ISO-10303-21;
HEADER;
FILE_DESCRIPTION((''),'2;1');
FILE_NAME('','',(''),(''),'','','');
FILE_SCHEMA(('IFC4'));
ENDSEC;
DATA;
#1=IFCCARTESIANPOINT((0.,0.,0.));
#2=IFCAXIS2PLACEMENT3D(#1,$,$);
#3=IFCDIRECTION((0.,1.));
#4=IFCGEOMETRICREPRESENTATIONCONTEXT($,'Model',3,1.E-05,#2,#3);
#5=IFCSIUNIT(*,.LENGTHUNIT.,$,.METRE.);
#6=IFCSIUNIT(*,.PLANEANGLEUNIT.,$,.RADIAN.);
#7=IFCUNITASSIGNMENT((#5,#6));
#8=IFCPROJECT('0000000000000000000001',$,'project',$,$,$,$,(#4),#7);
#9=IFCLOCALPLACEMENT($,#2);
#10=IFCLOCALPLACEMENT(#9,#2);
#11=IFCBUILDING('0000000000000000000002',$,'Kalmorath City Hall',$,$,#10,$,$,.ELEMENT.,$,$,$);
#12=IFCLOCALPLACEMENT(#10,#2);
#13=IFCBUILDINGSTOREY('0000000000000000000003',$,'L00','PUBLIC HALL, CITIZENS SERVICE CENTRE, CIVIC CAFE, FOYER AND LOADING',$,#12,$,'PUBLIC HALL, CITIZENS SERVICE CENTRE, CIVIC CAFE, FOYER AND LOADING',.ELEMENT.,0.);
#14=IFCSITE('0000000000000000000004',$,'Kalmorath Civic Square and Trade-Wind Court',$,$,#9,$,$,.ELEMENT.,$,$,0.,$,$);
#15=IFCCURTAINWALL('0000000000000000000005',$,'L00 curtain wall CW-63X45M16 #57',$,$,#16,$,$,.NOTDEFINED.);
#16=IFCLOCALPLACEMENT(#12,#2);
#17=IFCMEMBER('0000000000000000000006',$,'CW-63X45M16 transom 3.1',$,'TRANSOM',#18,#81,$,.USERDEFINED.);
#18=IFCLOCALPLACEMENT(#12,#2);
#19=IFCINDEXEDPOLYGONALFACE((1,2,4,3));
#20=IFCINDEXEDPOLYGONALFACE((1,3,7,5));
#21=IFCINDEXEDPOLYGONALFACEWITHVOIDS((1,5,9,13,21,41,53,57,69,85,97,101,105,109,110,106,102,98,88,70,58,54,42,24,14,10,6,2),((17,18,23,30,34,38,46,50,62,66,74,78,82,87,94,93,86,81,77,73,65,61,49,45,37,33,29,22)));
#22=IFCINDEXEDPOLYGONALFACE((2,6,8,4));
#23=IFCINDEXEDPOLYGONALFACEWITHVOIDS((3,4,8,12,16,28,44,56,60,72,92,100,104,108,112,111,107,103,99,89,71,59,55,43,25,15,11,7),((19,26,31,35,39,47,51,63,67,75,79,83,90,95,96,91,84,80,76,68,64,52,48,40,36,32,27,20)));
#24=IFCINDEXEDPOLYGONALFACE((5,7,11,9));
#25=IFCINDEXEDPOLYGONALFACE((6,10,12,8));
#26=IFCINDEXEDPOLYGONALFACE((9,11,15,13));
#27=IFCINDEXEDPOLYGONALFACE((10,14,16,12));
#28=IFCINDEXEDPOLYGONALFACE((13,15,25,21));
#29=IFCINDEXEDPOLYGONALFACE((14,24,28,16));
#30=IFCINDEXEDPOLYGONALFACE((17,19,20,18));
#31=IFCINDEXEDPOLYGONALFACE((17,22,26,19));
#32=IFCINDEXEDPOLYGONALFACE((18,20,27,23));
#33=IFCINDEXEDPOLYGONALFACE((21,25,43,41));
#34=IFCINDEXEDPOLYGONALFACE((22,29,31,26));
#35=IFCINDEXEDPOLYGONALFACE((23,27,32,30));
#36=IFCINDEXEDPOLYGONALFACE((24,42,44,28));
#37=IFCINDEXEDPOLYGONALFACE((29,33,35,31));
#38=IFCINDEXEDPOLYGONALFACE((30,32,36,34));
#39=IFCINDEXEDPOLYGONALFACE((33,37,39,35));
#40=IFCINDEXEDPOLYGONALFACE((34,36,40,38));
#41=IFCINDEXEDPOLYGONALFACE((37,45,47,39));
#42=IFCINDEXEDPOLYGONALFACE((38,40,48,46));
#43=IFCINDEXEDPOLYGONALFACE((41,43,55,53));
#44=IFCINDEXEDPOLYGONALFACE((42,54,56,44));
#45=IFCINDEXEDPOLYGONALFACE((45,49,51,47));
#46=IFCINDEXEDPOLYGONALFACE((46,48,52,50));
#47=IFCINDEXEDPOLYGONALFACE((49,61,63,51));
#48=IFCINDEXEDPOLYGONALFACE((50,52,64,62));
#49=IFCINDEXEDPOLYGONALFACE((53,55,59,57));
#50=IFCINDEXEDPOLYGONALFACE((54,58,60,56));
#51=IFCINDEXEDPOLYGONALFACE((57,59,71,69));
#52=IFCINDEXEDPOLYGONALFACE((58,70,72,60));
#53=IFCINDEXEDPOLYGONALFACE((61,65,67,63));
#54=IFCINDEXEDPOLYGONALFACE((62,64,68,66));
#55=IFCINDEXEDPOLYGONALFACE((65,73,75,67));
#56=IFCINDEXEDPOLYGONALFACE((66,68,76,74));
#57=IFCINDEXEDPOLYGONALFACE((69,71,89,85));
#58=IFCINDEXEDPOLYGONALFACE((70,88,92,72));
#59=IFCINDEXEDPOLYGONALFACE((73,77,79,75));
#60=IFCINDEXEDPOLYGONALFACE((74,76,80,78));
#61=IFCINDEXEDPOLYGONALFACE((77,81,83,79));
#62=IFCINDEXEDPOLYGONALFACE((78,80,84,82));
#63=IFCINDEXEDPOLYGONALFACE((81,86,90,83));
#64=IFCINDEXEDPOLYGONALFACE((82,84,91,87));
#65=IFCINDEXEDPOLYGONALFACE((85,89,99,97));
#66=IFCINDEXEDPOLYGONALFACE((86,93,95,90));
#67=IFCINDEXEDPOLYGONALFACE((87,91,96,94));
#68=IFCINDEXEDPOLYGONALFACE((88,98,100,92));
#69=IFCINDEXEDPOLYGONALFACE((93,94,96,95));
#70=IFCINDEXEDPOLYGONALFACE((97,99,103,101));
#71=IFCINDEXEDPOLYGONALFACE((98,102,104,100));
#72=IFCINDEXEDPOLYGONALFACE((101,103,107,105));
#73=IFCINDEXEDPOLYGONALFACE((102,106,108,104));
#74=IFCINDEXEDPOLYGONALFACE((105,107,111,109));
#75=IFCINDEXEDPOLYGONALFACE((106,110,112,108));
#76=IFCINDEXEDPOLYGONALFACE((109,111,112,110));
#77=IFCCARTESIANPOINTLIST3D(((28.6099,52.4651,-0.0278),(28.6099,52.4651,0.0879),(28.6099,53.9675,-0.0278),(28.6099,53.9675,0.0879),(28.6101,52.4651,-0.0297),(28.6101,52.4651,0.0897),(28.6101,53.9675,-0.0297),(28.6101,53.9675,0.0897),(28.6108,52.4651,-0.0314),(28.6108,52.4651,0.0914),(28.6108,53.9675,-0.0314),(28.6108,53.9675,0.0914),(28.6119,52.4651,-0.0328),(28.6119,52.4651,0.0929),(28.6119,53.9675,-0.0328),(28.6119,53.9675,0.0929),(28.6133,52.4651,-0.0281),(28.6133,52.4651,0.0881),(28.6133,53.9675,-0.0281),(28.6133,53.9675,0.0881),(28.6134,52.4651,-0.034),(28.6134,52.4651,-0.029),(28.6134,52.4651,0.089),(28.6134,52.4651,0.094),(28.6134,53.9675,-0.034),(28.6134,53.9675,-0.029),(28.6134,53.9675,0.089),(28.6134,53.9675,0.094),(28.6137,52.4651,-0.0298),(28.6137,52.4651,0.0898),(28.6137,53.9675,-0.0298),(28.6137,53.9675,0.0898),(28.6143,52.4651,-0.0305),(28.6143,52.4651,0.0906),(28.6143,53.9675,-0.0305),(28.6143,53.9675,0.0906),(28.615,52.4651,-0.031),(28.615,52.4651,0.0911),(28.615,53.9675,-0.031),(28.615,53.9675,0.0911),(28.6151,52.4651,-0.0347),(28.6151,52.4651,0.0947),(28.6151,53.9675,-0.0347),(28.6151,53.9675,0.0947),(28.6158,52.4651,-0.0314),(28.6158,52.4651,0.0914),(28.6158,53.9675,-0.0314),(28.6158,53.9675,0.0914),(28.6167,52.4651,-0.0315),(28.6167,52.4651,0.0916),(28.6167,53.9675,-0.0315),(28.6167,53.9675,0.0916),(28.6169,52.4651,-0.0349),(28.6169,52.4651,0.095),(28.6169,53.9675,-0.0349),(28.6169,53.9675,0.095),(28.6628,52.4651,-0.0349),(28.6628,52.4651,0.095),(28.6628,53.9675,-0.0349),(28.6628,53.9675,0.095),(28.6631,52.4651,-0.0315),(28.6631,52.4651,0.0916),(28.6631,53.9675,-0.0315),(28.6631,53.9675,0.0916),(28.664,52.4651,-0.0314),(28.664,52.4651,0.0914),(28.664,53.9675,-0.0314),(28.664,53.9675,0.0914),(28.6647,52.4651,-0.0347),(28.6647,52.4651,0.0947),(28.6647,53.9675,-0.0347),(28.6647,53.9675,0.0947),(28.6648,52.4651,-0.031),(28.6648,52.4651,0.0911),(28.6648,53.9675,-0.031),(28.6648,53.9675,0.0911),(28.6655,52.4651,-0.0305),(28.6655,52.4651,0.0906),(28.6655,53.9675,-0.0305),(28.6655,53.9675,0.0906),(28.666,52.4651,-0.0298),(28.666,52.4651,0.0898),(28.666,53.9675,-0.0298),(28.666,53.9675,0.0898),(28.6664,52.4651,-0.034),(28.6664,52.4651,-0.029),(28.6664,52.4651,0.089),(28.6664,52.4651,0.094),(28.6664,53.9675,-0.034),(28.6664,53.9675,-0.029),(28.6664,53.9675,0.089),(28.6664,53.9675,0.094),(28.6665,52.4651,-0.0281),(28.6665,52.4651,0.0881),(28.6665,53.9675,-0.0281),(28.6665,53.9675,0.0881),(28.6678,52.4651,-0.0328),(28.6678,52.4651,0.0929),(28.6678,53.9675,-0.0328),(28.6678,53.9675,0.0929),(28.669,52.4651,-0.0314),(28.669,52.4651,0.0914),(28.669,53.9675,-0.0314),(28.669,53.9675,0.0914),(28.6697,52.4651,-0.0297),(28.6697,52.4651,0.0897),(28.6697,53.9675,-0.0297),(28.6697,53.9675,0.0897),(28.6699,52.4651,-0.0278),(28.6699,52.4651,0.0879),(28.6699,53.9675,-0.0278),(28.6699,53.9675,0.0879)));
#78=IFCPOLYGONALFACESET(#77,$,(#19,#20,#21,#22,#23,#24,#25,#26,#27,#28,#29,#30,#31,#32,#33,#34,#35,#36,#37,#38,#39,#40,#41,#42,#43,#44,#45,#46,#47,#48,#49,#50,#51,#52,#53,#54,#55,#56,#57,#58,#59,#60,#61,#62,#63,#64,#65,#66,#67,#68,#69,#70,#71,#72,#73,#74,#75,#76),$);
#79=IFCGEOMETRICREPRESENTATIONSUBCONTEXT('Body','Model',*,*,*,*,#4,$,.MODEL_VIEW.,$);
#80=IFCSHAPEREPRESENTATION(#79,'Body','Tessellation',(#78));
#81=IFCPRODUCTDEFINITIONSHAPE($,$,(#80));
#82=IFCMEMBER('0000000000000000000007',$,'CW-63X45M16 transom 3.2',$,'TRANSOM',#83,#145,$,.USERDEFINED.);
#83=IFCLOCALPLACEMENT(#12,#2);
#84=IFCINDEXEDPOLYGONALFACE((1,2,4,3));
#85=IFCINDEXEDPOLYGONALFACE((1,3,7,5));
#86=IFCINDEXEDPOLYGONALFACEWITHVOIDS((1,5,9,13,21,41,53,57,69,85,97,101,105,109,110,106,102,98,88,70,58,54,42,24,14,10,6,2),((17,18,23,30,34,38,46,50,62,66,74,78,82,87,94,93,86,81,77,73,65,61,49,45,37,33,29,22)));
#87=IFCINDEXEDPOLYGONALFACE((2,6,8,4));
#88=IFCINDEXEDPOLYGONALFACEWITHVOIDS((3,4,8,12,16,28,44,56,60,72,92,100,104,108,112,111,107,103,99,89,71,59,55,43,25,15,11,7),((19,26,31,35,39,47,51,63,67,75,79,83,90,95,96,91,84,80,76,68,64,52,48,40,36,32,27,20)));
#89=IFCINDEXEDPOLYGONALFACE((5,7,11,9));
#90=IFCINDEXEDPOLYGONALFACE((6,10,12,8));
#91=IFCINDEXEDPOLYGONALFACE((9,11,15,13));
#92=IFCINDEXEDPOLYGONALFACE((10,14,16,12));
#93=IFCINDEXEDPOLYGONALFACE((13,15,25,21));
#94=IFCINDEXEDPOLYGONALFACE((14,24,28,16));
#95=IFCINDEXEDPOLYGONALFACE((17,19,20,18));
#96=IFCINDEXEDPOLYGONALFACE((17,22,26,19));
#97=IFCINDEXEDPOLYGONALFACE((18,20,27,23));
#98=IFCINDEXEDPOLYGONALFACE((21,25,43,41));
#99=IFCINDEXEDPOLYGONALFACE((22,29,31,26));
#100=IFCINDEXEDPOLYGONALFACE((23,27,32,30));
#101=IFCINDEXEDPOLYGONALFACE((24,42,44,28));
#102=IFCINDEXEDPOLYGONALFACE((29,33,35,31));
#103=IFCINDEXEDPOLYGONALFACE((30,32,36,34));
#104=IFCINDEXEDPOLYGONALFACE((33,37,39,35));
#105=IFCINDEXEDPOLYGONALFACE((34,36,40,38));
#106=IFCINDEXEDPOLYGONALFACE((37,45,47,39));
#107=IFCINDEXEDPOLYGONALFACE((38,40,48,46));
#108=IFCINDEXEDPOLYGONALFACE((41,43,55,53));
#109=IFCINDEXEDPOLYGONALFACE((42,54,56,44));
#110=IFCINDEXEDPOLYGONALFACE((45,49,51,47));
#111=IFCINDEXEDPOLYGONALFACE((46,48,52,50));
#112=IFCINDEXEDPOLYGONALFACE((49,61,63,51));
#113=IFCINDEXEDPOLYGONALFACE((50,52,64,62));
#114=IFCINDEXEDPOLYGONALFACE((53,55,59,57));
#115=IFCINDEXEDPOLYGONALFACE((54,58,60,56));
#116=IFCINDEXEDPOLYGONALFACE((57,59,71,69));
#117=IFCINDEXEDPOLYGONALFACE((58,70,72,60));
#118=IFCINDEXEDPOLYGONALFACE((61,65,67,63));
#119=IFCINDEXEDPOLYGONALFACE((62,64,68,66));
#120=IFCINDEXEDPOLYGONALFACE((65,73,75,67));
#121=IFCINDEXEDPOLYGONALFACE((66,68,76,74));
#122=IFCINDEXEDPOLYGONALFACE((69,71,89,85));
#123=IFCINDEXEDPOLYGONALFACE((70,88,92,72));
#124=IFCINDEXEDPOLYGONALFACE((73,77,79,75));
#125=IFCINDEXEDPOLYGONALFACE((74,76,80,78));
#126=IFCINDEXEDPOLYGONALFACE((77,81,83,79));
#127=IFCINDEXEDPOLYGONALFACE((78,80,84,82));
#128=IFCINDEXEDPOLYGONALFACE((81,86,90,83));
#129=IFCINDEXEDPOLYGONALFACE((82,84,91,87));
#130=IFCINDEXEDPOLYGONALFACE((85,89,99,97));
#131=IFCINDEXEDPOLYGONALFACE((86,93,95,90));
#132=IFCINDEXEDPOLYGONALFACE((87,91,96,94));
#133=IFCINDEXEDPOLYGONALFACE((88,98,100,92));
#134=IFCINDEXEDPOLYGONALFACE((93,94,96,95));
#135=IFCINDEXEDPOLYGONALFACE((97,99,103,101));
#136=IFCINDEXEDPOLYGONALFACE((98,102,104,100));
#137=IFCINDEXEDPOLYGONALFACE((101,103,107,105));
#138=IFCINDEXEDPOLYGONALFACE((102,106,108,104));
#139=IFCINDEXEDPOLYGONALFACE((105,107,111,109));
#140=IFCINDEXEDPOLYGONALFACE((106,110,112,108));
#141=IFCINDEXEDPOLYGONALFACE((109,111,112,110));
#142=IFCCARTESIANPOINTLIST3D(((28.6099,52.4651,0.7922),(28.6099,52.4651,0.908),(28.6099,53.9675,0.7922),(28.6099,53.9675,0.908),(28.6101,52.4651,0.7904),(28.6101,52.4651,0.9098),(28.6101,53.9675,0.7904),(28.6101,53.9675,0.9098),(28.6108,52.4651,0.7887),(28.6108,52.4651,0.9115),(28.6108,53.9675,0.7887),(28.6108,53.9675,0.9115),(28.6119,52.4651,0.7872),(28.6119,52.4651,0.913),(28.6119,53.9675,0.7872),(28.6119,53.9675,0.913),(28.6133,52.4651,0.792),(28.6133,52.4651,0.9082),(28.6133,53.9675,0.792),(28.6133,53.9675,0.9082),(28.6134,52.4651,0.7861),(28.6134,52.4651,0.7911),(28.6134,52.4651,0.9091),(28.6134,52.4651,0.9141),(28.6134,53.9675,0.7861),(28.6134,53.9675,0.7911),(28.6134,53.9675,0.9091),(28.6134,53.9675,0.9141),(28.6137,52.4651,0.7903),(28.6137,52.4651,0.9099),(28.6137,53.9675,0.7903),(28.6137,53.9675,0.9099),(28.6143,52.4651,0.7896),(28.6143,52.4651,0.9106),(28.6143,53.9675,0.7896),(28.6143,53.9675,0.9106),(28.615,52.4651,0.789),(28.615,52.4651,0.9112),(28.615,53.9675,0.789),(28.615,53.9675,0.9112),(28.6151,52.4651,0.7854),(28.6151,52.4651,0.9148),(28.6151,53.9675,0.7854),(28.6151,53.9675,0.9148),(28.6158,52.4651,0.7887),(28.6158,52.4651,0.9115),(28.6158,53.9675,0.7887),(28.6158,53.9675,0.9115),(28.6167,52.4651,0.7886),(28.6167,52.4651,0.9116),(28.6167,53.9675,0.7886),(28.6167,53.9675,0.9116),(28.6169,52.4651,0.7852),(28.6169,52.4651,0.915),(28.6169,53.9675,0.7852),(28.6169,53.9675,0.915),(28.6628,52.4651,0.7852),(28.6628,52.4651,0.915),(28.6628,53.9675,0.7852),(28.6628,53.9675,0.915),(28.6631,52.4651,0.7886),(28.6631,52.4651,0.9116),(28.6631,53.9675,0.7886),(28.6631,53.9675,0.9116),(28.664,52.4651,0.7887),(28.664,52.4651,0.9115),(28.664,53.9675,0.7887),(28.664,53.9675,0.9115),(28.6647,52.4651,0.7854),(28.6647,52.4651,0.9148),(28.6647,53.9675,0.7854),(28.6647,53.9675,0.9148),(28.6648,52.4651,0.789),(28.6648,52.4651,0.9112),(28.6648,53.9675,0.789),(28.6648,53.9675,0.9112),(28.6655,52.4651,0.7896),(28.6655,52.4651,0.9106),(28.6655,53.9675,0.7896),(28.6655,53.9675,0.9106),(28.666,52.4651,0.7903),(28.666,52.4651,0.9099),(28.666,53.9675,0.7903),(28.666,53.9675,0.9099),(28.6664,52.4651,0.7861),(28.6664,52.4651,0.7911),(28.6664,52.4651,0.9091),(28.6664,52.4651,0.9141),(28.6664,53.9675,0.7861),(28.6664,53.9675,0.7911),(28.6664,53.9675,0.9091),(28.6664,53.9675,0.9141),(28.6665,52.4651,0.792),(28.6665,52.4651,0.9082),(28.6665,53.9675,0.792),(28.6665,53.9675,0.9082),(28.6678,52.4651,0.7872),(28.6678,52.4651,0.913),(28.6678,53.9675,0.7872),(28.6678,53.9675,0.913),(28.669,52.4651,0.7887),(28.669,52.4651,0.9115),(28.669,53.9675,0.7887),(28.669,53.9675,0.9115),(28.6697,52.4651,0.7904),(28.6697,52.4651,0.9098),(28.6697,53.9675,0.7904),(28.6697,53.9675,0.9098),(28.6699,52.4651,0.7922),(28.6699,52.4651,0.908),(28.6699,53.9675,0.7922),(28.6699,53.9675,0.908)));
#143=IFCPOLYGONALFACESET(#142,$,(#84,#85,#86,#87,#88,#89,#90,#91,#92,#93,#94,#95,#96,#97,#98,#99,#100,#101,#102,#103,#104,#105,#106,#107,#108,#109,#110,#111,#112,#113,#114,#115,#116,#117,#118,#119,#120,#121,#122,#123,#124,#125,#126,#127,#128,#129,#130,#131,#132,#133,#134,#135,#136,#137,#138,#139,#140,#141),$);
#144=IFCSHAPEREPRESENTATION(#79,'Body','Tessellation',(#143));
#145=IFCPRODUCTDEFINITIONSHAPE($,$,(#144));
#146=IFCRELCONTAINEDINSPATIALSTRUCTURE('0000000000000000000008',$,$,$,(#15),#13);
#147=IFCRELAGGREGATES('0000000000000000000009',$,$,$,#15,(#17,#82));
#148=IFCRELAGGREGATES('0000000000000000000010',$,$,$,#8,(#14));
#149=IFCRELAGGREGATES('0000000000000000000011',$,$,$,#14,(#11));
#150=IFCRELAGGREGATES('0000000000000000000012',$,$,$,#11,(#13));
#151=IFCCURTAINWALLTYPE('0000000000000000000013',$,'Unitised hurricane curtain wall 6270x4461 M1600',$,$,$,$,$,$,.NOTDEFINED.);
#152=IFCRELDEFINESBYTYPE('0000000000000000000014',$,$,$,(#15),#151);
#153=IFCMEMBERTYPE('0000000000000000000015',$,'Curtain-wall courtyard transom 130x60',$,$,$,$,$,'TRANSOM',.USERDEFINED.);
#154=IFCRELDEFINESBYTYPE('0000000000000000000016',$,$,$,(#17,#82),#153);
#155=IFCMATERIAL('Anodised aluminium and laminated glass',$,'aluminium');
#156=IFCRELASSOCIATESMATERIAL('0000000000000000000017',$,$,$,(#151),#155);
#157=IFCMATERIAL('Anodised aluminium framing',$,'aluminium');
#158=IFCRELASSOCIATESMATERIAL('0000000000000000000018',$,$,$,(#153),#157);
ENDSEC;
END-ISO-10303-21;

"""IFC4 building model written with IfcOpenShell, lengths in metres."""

from ifc_helpers import new_model, si_unit, direction, frame, origin, origin_2d, place, context, subcontext, project, spatial, hollow_rectangle, extrude, material, material_profile, profile_set, type_object, element, aggregate, save


model = new_model("IFC4")

# Units and contexts
model_context = context("Model", 3, precision=1e-05, world=origin(), true_north=direction((0.0, 1.0)))
body_context = subcontext(model_context, "Body", "Model", "MODEL_VIEW")
ifc_project = project(units=[si_unit("LENGTHUNIT", "METRE"), si_unit("PLANEANGLEUNIT", "RADIAN")], contexts=[model_context])

# Site, building, storey
site_placement = place(None, origin())
site = spatial("IfcSite", under=ifc_project, at=site_placement, Name="Kalmorath Civic Square and Trade-Wind Court", CompositionType="ELEMENT", RefElevation=0.0)
building_placement = place(site_placement, origin())
building = spatial("IfcBuilding", under=site, at=building_placement, Name="Kalmorath City Hall", CompositionType="ELEMENT")
storey_placement = place(building_placement, origin())
storey = spatial("IfcBuildingStorey", under=building, at=storey_placement, Name="L00", Description="PUBLIC HALL, CITIZENS SERVICE CENTRE, CIVIC CAFE, FOYER AND LOADING", LongName="PUBLIC HALL, CITIZENS SERVICE CENTRE, CIVIC CAFE, FOYER AND LOADING", CompositionType="ELEMENT", Elevation=0.0)

# Curtain wall, members
ifc_material_1 = material(Name="Anodised aluminium and laminated glass", Category="aluminium")
curtain_wall_type = type_object("IfcCurtainWallType", Name="Unitised hurricane curtain wall 6270x4461 M1600", PredefinedType="NOTDEFINED", material=ifc_material_1)
curtain_wall_placement = place(storey_placement, origin())
curtain_wall = element("IfcCurtainWall", 1, at=curtain_wall_placement, inside=storey, type_object=curtain_wall_type, Name="L00 curtain wall CW-63X45M16 #57", PredefinedType="NOTDEFINED")
ifc_material_2 = material(Name="Anodised aluminium framing", Category="aluminium")
ifc_material_profile_1 = material_profile(ifc_material_2, hollow_rectangle(XDim=0.0601, YDim=0.1299, WallThickness=0.0034, InnerFilletRadius=0.0034, OuterFilletRadius=0.0071, at=origin_2d()), Name="ALU-TRN-130X60X3.5")
ifc_profile_set_1 = profile_set([ifc_material_profile_1], Name="Anodised aluminium framing")
member_type_1 = type_object("IfcMemberType", Name="Curtain-wall courtyard transom 130x60", ElementType="TRANSOM", PredefinedType="USERDEFINED", material=ifc_profile_set_1)
member_1_placement = place(storey_placement, frame((28.6399, 53.9675, 0.03), z_axis=(0.0, -1.0, 0.0), x_axis=(1.0, 0.0, 0.0)))
member_1 = element("IfcMember", 2, at=member_1_placement, type_object=member_type_1, Name="CW-63X45M16 transom 3.1", ObjectType="TRANSOM", PredefinedType="USERDEFINED", context=body_context, shape_type="SweptSolid", body=[
    extrude(hollow_rectangle(XDim=0.0601, YDim=0.1299, WallThickness=0.0034, InnerFilletRadius=0.0034, OuterFilletRadius=0.0071, at=origin_2d()), origin(), (0.0, 0.0, 1.0), 1.5024),
])
member_2_placement = place(storey_placement, frame((28.6399, 53.9675, 0.8501), z_axis=(0.0, -1.0, 0.0), x_axis=(1.0, 0.0, 0.0)))
member_2 = element("IfcMember", 3, at=member_2_placement, type_object=member_type_1, Name="CW-63X45M16 transom 3.2", ObjectType="TRANSOM", PredefinedType="USERDEFINED", context=body_context, shape_type="SweptSolid", body=[
    extrude(hollow_rectangle(XDim=0.0601, YDim=0.1299, WallThickness=0.0034, InnerFilletRadius=0.0034, OuterFilletRadius=0.0071, at=origin_2d()), origin(), (0.0, 0.0, 1.0), 1.5024),
])

aggregate(curtain_wall, [member_1, member_2])

save(model, "model.ifc")
